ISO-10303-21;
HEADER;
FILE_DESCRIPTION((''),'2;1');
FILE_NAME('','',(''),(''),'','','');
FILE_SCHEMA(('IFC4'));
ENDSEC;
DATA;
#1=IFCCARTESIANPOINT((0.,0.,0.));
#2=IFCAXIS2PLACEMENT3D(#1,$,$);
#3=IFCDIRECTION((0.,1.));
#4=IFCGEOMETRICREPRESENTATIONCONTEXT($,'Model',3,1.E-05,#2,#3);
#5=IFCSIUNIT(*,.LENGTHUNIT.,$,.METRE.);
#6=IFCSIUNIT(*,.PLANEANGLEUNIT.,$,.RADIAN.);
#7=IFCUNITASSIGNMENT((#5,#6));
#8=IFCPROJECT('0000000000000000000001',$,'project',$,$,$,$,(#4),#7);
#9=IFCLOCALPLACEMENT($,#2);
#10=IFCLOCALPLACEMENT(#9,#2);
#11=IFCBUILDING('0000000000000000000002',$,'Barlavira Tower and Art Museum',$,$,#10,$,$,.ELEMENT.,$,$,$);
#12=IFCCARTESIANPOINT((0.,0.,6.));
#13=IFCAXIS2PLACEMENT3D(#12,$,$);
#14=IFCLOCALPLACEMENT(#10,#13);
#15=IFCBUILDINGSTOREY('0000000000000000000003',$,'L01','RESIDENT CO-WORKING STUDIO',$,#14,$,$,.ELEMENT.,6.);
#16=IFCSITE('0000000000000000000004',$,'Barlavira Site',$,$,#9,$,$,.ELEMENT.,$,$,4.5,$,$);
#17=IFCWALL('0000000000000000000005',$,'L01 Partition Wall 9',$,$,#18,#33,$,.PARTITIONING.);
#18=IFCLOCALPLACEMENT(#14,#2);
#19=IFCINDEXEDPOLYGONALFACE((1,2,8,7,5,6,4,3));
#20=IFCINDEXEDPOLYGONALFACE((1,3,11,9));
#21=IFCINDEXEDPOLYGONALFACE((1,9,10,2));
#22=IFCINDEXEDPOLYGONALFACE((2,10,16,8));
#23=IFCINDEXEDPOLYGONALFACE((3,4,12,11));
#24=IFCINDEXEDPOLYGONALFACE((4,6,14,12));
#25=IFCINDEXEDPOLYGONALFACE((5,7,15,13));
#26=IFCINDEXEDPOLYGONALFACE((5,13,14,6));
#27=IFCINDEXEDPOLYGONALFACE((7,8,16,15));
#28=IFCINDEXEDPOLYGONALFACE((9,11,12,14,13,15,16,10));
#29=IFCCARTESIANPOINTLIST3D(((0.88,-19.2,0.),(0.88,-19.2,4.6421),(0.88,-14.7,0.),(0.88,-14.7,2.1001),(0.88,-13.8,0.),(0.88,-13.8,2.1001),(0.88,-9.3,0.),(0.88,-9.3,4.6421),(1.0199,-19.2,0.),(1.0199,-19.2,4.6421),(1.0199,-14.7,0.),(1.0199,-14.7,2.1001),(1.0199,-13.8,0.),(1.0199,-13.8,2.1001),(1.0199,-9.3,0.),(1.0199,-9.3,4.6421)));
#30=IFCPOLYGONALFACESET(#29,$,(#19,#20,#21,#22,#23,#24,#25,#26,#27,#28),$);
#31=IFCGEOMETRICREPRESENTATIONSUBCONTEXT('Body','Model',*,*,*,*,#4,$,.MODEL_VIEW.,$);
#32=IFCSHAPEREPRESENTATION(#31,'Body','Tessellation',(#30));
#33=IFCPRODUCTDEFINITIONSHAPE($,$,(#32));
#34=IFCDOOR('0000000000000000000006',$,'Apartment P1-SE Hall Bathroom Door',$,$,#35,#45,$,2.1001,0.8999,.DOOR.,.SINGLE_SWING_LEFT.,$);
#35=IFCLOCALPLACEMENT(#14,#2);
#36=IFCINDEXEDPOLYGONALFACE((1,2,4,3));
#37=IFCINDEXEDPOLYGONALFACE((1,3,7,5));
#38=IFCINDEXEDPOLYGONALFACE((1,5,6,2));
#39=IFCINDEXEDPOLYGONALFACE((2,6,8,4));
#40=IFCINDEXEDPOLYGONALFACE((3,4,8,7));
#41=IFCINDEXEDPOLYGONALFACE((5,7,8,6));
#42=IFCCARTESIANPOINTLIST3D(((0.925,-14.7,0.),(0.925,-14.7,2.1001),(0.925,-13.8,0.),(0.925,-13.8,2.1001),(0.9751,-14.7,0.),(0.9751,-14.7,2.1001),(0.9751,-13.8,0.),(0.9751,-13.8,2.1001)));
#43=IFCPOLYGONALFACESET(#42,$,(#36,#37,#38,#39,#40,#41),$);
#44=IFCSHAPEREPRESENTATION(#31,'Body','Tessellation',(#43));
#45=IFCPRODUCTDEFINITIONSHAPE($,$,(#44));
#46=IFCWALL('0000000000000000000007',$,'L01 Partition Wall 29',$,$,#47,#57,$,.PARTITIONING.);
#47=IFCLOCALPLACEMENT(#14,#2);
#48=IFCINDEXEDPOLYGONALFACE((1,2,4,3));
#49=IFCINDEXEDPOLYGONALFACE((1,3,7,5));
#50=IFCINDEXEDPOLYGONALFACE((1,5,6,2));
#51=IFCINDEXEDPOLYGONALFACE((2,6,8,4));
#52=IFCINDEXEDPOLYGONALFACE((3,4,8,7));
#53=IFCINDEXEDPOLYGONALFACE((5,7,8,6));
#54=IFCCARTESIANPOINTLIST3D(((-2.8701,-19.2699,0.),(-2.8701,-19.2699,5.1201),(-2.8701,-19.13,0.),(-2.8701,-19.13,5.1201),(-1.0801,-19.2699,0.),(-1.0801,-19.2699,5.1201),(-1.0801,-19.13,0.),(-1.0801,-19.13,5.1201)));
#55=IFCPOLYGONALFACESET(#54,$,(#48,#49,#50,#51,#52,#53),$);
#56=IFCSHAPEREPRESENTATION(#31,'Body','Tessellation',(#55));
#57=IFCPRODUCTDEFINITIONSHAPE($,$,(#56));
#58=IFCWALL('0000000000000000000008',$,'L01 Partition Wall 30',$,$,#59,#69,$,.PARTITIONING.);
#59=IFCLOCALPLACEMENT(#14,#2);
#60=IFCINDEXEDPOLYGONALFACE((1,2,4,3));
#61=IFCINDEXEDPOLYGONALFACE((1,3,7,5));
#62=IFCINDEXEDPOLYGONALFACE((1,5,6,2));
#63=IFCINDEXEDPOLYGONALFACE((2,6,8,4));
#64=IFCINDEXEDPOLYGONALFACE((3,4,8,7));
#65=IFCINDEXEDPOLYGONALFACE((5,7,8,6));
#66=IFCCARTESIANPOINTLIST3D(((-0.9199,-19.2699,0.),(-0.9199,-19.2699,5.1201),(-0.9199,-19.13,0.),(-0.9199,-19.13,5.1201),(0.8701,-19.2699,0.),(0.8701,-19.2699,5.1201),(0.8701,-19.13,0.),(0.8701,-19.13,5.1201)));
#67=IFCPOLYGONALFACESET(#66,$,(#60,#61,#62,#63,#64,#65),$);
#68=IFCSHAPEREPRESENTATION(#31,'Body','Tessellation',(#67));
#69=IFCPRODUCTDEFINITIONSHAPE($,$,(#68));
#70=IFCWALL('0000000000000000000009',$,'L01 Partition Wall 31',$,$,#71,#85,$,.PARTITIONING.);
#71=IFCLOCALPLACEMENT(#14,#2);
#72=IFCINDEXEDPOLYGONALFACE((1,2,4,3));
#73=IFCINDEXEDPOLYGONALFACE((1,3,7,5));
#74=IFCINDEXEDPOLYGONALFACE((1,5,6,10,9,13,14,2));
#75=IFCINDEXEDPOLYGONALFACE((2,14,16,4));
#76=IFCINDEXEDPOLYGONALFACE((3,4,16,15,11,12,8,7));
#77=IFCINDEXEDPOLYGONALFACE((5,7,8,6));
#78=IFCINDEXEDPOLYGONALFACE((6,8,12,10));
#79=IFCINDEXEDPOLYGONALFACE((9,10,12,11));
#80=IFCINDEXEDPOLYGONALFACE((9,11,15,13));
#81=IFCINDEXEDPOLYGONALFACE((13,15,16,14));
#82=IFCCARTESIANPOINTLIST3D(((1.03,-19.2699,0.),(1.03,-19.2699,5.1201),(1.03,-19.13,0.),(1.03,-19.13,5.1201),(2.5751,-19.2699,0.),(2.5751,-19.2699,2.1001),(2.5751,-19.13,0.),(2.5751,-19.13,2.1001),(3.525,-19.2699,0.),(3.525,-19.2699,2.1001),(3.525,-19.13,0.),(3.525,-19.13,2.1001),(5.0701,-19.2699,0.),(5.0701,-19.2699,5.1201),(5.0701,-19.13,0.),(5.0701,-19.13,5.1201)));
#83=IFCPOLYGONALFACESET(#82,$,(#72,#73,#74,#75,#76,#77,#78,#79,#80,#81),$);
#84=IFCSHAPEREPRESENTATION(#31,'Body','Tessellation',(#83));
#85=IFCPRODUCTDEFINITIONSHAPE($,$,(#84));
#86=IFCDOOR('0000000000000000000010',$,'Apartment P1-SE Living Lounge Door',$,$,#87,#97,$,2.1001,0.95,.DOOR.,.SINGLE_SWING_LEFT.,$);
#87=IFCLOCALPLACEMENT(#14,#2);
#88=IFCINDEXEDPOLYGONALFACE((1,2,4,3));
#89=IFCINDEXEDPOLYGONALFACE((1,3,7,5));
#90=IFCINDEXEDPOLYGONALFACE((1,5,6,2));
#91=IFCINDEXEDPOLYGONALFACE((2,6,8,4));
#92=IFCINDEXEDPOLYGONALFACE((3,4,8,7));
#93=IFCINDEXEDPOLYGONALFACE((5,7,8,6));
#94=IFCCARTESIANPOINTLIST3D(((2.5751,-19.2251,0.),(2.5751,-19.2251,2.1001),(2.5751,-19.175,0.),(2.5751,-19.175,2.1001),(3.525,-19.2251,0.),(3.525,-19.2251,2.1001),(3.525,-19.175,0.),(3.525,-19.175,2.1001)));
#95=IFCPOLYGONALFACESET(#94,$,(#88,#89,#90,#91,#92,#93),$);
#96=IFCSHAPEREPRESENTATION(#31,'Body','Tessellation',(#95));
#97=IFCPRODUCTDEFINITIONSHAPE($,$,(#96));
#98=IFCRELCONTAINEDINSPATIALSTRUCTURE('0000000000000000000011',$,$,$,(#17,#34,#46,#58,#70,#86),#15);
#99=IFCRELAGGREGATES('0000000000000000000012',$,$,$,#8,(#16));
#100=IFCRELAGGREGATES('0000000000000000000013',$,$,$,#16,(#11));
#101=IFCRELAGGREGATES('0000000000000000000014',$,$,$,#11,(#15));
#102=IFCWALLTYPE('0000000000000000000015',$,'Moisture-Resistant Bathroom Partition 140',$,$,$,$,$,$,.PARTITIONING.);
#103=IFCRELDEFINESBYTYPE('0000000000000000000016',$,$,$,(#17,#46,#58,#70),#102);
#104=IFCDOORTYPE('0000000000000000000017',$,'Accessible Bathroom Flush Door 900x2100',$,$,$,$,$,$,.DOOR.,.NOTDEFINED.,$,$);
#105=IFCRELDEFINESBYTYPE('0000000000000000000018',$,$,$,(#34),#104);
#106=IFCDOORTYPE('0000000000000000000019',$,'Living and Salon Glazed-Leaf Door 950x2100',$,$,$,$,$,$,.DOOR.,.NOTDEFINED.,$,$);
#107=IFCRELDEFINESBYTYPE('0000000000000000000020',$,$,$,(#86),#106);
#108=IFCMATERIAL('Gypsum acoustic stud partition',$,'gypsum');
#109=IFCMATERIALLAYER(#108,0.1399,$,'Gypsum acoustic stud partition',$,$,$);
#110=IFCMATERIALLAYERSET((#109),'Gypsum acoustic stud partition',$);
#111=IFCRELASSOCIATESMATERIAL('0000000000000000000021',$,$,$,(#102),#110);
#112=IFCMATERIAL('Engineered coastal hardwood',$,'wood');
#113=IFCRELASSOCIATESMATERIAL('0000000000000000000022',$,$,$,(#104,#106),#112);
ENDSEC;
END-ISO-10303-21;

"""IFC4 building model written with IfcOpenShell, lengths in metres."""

from ifc_helpers import new_model, si_unit, direction, frame, frame_2d, origin, place, context, subcontext, project, spatial, rectangle, extrude, material, layer, layer_set, type_object, element, fill, save


model = new_model("IFC4")

# Units and contexts
model_context = context("Model", 3, precision=1e-05, world=origin(), true_north=direction((0.0, 1.0)))
body_context = subcontext(model_context, "Body", "Model", "MODEL_VIEW")
ifc_project = project(units=[si_unit("LENGTHUNIT", "METRE"), si_unit("PLANEANGLEUNIT", "RADIAN")], contexts=[model_context])

# Site, building, storey
site_placement = place(None, origin())
site = spatial("IfcSite", under=ifc_project, at=site_placement, Name="Barlavira Site", CompositionType="ELEMENT", RefElevation=4.5)
building_placement = place(site_placement, origin())
building = spatial("IfcBuilding", under=site, at=building_placement, Name="Barlavira Tower and Art Museum", CompositionType="ELEMENT")
storey_placement = place(building_placement, frame((0.0, 0.0, 6.0)))
storey = spatial("IfcBuildingStorey", under=building, at=storey_placement, Name="L01", Description="RESIDENT CO-WORKING STUDIO", CompositionType="ELEMENT", Elevation=6.0)

# Shared definitions
ifc_material_1 = material(Name="Gypsum acoustic stud partition", Category="gypsum")

# Wall, opening, door
ifc_layer_1 = layer(ifc_material_1, 0.1399, Name="Gypsum acoustic stud partition")
ifc_layer_set_1 = layer_set([ifc_layer_1], Name="Gypsum acoustic stud partition")
wall_type_1 = type_object("IfcWallType", Name="Moisture-Resistant Bathroom Partition 140", PredefinedType="PARTITIONING", material=ifc_layer_set_1)
ifc_material_2 = material(Name="Engineered coastal hardwood", Category="wood")
door_type_1 = type_object("IfcDoorType", Name="Accessible Bathroom Flush Door 900x2100", OperationType="NOTDEFINED", PredefinedType="DOOR", material=ifc_material_2)
wall_1_placement = place(storey_placement, frame((0.95, -19.2, 0.0), z_axis=(0.0, 0.0, 1.0), x_axis=(0.0, 1.0, 0.0)))
wall_1 = element("IfcWall", 1, at=wall_1_placement, inside=storey, type_object=wall_type_1, Name="L01 Partition Wall 9", PredefinedType="PARTITIONING", context=body_context, shape_type="SweptSolid", body=[
    extrude(rectangle(XDim=9.8999, YDim=0.1399, at=frame_2d((4.95, 0.0))), origin(), (0.0, 0.0, 1.0), 4.6421),
])
opening_1_placement = place(wall_1_placement, frame((4.5, 0.0, 0.0)))
opening_1 = element("IfcOpeningElement", 2, at=opening_1_placement, cuts=wall_1, PredefinedType="OPENING", context=body_context, shape_type="SweptSolid", body=[
    extrude(rectangle(XDim=0.8999, YDim=2.1001, at=frame_2d((0.45, 1.05))), frame((0.0, 0.0801, 0.0), z_axis=(0.0, -1.0, 0.0), x_axis=(1.0, 0.0, 0.0)), (0.0, 0.0, 1.0), 0.1599),
])
door_1_placement = place(opening_1_placement, origin())
door_1 = element("IfcDoor", 3, at=door_1_placement, inside=storey, type_object=door_type_1, Name="Apartment P1-SE Hall Bathroom Door", OperationType="SINGLE_SWING_LEFT", OverallHeight=2.1001, OverallWidth=0.8999, PredefinedType="DOOR", context=body_context, shape_type="SweptSolid", body=[
    extrude(rectangle(XDim=0.8999, YDim=2.1001, at=frame_2d((0.45, 1.05))), frame((0.0, 0.0249, 0.0), z_axis=(0.0, -1.0, 0.0), x_axis=(1.0, 0.0, 0.0)), (0.0, 0.0, 1.0), 0.05),
])
fill(opening_1, door_1)

# Walls
for number, where, z_axis, x_axis, name in (
    (4, (-2.8701, -19.2, 0.0), (0.0, 0.0, 1.0), (1.0, 0.0, 0.0), "L01 Partition Wall 29"),
    (5, (-0.9199, -19.2, 0.0), (0.0, 0.0, 1.0), (1.0, 0.0, 0.0), "L01 Partition Wall 30"),
):
    element("IfcWall", number, at=place(storey_placement, frame(where, z_axis=z_axis, x_axis=x_axis)), inside=storey, type_object=wall_type_1, Name=name, PredefinedType="PARTITIONING", context=body_context, shape_type="SweptSolid", body=[
        extrude(rectangle(XDim=1.79, YDim=0.1399, at=frame_2d((0.895, 0.0))), origin(), (0.0, 0.0, 1.0), 5.1201),
    ])

# Wall, opening, door
wall_2_placement = place(storey_placement, frame((1.03, -19.2, 0.0), z_axis=(0.0, 0.0, 1.0), x_axis=(1.0, 0.0, 0.0)))
wall_2 = element("IfcWall", 6, at=wall_2_placement, inside=storey, type_object=wall_type_1, Name="L01 Partition Wall 31", PredefinedType="PARTITIONING", context=body_context, shape_type="SweptSolid", body=[
    extrude(rectangle(XDim=4.04, YDim=0.1399, at=frame_2d((2.02, 0.0))), origin(), (0.0, 0.0, 1.0), 5.1201),
])
opening_2_placement = place(wall_2_placement, frame((1.5449, 0.0, 0.0)))
opening_2 = element("IfcOpeningElement", 7, at=opening_2_placement, cuts=wall_2, PredefinedType="OPENING", context=body_context, shape_type="SweptSolid", body=[
    extrude(rectangle(XDim=0.95, YDim=2.1001, at=frame_2d((0.4751, 1.05))), frame((0.0, 0.0801, 0.0), z_axis=(0.0, -1.0, 0.0), x_axis=(1.0, 0.0, 0.0)), (0.0, 0.0, 1.0), 0.1599),
])
door_type_2 = type_object("IfcDoorType", Name="Living and Salon Glazed-Leaf Door 950x2100", OperationType="NOTDEFINED", PredefinedType="DOOR", material=ifc_material_2)
door_2_placement = place(opening_2_placement, origin())
door_2 = element("IfcDoor", 8, at=door_2_placement, inside=storey, type_object=door_type_2, Name="Apartment P1-SE Living Lounge Door", OperationType="SINGLE_SWING_LEFT", OverallHeight=2.1001, OverallWidth=0.95, PredefinedType="DOOR", context=body_context, shape_type="SweptSolid", body=[
    extrude(rectangle(XDim=0.95, YDim=2.1001, at=frame_2d((0.4751, 1.05))), frame((0.0, 0.0249, 0.0), z_axis=(0.0, -1.0, 0.0), x_axis=(1.0, 0.0, 0.0)), (0.0, 0.0, 1.0), 0.05),
])
fill(opening_2, door_2)

save(model, "model.ifc")
